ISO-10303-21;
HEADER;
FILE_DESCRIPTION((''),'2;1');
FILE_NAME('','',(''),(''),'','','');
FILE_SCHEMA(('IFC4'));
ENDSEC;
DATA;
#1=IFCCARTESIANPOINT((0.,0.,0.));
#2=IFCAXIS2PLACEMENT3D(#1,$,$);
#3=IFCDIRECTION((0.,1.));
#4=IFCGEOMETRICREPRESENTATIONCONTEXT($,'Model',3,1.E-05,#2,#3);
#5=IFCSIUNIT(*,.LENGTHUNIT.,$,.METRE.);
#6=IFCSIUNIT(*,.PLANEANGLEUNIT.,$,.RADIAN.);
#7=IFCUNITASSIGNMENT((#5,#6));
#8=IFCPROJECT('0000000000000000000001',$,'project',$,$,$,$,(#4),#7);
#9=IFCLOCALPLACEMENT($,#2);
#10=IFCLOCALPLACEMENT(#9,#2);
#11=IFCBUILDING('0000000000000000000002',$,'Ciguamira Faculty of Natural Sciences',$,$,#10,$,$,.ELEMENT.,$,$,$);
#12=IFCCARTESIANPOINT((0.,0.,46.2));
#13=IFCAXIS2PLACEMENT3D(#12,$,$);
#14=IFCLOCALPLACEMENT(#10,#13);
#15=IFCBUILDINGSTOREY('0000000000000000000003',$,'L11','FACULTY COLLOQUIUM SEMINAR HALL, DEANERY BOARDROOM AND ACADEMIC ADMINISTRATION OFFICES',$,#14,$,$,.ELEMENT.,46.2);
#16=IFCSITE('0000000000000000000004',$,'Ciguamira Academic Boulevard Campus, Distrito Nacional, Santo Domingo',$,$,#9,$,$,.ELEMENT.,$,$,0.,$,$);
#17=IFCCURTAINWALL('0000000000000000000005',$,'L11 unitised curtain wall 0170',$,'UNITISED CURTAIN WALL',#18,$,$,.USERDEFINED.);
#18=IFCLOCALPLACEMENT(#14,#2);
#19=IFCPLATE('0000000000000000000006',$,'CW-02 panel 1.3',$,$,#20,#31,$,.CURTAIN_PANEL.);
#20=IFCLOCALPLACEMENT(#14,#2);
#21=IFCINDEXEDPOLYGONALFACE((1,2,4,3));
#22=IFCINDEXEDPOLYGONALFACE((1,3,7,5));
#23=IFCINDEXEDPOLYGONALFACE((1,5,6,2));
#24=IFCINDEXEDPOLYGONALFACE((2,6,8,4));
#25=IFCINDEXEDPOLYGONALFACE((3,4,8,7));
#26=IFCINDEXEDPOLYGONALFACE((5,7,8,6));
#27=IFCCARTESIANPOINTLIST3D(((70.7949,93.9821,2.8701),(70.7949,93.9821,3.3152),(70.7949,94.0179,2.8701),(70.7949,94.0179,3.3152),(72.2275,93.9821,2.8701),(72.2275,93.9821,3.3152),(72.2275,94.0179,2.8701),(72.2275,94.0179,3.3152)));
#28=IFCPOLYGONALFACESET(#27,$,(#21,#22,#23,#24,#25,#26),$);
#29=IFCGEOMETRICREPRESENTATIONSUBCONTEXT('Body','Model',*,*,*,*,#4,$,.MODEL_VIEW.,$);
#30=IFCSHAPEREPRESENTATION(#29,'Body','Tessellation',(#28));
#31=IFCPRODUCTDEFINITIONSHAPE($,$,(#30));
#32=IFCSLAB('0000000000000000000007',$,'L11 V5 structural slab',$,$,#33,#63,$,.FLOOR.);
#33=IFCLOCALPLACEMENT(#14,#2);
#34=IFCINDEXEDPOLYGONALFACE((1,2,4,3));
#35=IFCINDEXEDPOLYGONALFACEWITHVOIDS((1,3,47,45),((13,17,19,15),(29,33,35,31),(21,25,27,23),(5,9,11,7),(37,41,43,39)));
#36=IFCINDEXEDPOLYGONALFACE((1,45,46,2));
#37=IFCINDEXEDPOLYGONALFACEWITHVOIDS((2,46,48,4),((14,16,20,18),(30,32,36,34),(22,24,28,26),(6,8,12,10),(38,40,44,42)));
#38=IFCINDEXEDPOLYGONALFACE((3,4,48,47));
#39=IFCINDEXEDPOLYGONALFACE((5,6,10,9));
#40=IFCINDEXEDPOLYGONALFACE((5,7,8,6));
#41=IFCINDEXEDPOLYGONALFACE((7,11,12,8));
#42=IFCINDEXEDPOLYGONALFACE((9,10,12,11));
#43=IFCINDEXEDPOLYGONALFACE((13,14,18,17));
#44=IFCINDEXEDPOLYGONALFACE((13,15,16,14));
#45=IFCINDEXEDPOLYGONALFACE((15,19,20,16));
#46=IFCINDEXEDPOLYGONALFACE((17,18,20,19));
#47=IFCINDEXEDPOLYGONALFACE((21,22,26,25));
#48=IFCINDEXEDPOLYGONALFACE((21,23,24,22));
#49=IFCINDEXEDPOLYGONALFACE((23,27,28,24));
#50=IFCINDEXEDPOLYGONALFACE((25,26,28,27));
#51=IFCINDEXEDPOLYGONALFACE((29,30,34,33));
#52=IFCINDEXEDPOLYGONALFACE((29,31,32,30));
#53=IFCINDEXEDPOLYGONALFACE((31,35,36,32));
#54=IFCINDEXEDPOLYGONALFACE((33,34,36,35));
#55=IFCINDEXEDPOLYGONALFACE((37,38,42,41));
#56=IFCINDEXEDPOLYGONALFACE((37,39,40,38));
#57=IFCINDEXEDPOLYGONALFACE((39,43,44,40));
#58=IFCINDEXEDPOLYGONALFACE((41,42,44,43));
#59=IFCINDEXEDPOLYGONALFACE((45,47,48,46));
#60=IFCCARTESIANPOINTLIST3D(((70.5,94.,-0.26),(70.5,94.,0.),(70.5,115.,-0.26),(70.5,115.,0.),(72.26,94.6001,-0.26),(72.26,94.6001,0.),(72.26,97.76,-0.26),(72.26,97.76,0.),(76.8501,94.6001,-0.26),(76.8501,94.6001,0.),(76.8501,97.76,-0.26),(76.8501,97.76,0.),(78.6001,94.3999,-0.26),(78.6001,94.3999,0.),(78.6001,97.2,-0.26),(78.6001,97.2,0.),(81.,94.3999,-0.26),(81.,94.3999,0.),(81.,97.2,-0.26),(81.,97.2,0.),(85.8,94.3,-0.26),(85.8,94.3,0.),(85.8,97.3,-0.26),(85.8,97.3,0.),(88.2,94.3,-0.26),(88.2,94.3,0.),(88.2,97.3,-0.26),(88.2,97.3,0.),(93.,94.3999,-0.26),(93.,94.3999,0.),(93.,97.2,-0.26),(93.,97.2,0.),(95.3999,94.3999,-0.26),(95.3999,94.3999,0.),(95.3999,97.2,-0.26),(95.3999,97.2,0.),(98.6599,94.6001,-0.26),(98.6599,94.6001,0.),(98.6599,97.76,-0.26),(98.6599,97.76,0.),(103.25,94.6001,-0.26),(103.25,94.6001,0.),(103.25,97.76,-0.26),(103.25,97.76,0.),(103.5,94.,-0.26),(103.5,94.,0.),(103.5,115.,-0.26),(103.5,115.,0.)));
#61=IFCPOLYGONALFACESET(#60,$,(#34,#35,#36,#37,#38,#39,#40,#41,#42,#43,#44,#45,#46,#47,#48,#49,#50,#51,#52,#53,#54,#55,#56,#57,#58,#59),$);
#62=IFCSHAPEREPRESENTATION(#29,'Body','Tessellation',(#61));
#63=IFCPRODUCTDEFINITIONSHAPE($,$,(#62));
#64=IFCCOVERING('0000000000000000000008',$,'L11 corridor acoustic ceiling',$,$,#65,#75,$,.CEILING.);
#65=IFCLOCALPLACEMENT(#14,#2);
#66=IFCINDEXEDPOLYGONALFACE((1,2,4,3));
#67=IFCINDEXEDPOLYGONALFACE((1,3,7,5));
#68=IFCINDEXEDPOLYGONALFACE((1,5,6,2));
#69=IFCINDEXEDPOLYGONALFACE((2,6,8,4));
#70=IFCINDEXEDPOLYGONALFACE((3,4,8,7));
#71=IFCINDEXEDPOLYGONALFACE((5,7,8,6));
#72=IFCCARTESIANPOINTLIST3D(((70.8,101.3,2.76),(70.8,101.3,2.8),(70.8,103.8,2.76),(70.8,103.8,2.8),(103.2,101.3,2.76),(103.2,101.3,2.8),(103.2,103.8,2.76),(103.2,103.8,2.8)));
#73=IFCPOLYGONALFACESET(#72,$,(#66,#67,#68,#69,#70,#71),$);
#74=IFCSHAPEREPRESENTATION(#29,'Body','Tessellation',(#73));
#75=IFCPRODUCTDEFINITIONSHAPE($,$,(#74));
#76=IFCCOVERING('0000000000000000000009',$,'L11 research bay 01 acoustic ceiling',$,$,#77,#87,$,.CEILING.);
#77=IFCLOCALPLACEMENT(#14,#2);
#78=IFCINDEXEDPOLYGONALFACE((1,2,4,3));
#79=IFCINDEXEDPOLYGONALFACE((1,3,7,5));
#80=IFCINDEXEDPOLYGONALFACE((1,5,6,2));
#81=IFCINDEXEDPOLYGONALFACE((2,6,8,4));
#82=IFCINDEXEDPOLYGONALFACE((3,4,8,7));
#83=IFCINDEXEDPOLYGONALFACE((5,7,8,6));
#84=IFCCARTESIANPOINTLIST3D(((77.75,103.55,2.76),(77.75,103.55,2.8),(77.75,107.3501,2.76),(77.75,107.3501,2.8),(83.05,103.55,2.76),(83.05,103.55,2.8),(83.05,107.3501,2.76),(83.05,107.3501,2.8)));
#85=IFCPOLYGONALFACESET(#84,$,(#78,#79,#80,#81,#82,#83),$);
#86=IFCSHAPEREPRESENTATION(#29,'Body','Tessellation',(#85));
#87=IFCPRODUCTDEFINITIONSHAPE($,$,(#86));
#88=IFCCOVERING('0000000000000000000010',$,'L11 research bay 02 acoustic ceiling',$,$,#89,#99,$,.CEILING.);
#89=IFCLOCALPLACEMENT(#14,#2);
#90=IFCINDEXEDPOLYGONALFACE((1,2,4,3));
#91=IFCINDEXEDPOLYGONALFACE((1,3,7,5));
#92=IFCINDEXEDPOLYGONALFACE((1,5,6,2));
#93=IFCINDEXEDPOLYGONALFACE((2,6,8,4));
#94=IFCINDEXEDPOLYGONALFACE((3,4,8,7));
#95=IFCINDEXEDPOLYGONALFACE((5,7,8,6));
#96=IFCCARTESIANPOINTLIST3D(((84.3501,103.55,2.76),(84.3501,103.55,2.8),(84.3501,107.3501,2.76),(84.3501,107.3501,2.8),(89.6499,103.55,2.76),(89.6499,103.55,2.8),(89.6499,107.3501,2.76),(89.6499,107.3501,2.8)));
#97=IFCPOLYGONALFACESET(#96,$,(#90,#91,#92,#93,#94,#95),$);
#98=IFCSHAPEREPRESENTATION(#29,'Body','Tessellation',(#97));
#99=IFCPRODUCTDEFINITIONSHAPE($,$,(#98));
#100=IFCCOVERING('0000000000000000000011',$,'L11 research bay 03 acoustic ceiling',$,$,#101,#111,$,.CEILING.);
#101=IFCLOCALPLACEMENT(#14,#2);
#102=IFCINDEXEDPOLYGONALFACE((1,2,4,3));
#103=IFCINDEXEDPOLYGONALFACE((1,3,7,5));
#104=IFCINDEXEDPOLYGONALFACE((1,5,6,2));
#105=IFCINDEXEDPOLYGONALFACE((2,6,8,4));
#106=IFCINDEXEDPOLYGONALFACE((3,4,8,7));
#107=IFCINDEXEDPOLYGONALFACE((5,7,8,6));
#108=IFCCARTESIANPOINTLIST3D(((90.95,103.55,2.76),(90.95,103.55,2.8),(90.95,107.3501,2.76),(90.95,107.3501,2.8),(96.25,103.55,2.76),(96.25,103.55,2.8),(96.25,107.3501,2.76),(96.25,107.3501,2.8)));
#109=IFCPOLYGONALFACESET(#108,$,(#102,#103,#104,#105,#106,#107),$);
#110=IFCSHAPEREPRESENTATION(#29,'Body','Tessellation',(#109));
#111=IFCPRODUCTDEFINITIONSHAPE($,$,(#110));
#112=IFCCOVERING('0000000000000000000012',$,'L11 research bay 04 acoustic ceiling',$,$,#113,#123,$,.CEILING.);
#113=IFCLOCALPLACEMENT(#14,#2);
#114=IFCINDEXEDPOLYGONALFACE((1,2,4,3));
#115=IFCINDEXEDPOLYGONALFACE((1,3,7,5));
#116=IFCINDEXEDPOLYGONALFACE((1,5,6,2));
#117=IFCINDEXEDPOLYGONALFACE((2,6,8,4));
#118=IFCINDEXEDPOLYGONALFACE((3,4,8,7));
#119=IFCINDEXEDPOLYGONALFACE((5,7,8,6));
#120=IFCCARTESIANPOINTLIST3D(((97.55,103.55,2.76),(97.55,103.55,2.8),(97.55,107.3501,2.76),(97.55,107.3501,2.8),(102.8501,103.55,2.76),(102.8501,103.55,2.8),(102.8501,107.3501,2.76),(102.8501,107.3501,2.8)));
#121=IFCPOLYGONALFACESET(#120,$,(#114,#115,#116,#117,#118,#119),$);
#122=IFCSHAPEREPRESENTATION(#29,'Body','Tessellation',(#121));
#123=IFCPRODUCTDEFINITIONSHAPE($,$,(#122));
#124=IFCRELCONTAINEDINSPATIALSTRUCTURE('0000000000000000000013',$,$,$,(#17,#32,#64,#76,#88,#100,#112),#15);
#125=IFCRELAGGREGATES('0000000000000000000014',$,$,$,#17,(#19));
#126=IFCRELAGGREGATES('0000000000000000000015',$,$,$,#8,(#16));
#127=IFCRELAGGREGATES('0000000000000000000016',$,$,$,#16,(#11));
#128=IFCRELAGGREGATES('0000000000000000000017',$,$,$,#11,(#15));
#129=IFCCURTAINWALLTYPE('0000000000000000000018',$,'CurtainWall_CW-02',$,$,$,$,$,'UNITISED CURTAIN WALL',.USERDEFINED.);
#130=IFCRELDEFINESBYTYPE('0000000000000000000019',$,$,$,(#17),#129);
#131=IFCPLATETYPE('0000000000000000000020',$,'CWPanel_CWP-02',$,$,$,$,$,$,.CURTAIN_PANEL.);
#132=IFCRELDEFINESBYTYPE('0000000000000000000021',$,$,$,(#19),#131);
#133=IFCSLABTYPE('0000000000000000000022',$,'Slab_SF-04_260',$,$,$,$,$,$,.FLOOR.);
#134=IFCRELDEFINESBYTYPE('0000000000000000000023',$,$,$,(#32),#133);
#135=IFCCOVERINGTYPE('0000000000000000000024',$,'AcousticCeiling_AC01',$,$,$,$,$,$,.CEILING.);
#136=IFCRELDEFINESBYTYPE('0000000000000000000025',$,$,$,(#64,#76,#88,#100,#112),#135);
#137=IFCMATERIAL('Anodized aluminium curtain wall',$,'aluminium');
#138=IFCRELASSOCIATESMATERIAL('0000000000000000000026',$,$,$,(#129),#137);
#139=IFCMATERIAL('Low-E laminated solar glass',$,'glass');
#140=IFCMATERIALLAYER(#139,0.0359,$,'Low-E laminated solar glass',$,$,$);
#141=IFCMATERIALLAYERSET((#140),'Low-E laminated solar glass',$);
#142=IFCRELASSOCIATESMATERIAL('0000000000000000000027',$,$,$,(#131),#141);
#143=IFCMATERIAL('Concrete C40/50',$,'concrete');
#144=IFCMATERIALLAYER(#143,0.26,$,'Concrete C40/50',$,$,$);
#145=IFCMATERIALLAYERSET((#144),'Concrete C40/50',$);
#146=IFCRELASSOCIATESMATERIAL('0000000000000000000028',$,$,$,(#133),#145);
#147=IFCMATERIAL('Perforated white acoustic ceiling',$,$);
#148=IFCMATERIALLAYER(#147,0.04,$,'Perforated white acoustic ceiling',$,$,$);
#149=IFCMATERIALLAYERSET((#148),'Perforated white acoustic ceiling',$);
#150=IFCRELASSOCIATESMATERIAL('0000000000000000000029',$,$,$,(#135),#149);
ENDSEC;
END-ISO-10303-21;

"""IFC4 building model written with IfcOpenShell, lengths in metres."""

from ifc_helpers import new_model, si_unit, direction, frame, origin, origin_2d, place, context, subcontext, project, spatial, polyline, rectangle, outline, extrude, material, layer, layer_set, type_object, element, aggregate, save


model = new_model("IFC4")

# Units and contexts
model_context = context("Model", 3, precision=1e-05, world=origin(), true_north=direction((0.0, 1.0)))
body_context = subcontext(model_context, "Body", "Model", "MODEL_VIEW")
ifc_project = project(units=[si_unit("LENGTHUNIT", "METRE"), si_unit("PLANEANGLEUNIT", "RADIAN")], contexts=[model_context])

# Site, building, storey
site_placement = place(None, origin())
site = spatial("IfcSite", under=ifc_project, at=site_placement, Name="Ciguamira Academic Boulevard Campus, Distrito Nacional, Santo Domingo", CompositionType="ELEMENT", RefElevation=0.0)
building_placement = place(site_placement, origin())
building = spatial("IfcBuilding", under=site, at=building_placement, Name="Ciguamira Faculty of Natural Sciences", CompositionType="ELEMENT")
storey_placement = place(building_placement, frame((0.0, 0.0, 46.2)))
storey = spatial("IfcBuildingStorey", under=building, at=storey_placement, Name="L11", Description="FACULTY COLLOQUIUM SEMINAR HALL, DEANERY BOARDROOM AND ACADEMIC ADMINISTRATION OFFICES", CompositionType="ELEMENT", Elevation=46.2)

# Shared definitions
ifc_material_1 = material(Name="Concrete C40/50", Category="concrete")

# Curtain wall
ifc_material_2 = material(Name="Anodized aluminium curtain wall", Category="aluminium")
curtain_wall_type = type_object("IfcCurtainWallType", Name="CurtainWall_CW-02", ElementType="UNITISED CURTAIN WALL", PredefinedType="USERDEFINED", material=ifc_material_2)
curtain_wall_placement = place(storey_placement, origin())
curtain_wall = element("IfcCurtainWall", 1, at=curtain_wall_placement, inside=storey, type_object=curtain_wall_type, Name="L11 unitised curtain wall 0170", ObjectType="UNITISED CURTAIN WALL", PredefinedType="USERDEFINED")

# Plate
ifc_material_3 = material(Name="Low-E laminated solar glass", Category="glass")
ifc_layer_1 = layer(ifc_material_3, 0.0359, Name="Low-E laminated solar glass")
ifc_layer_set_1 = layer_set([ifc_layer_1], Name="Low-E laminated solar glass")
plate_type = type_object("IfcPlateType", Name="CWPanel_CWP-02", PredefinedType="CURTAIN_PANEL", material=ifc_layer_set_1)
plate_1_placement = place(storey_placement, frame((71.5112, 94.0, 2.8701), z_axis=(0.0, 0.0, 1.0), x_axis=(1.0, 0.0, 0.0)))
plate_1 = element("IfcPlate", 2, at=plate_1_placement, type_object=plate_type, Name="CW-02 panel 1.3", PredefinedType="CURTAIN_PANEL", context=body_context, shape_type="SweptSolid", body=[
    extrude(rectangle(XDim=1.4326, YDim=0.0359, at=origin_2d()), origin(), (0.0, 0.0, 1.0), 0.4451),
])
aggregate(curtain_wall, [plate_1])

# Slab
ifc_layer_2 = layer(ifc_material_1, 0.26, Name="Concrete C40/50")
ifc_layer_set_2 = layer_set([ifc_layer_2], Name="Concrete C40/50")
slab_type = type_object("IfcSlabType", Name="Slab_SF-04_260", PredefinedType="FLOOR", material=ifc_layer_set_2)
slab_placement = place(storey_placement, frame((0.0, 0.0, -0.26)))
element("IfcSlab", 3, at=slab_placement, inside=storey, type_object=slab_type, Name="L11 V5 structural slab", PredefinedType="FLOOR", context=body_context, shape_type="SweptSolid", body=[
    extrude(outline(polyline([(70.5, 94.0), (103.5, 94.0), (103.5, 115.0), (70.5, 115.0), (70.5, 94.0)]), holes=[polyline([(72.26, 94.6001), (76.8501, 94.6001), (76.8501, 97.76), (72.26, 97.76), (72.26, 94.6001)]), polyline([(98.6599, 94.6001), (103.25, 94.6001), (103.25, 97.76), (98.6599, 97.76), (98.6599, 94.6001)]), polyline([(78.6001, 94.3999), (81.0, 94.3999), (81.0, 97.2), (78.6001, 97.2), (78.6001, 94.3999)]), polyline([(93.0, 94.3999), (95.3999, 94.3999), (95.3999, 97.2), (93.0, 97.2), (93.0, 94.3999)]), polyline([(85.8, 94.3), (88.2, 94.3), (88.2, 97.3), (85.8, 97.3), (85.8, 94.3)])]), origin(), (0.0, 0.0, 1.0), 0.26),
])

# Coverings
ifc_material_4 = material(Name="Perforated white acoustic ceiling")
ifc_layer_3 = layer(ifc_material_4, 0.04, Name="Perforated white acoustic ceiling")
ifc_layer_set_3 = layer_set([ifc_layer_3], Name="Perforated white acoustic ceiling")
covering_type = type_object("IfcCoveringType", Name="AcousticCeiling_AC01", PredefinedType="CEILING", material=ifc_layer_set_3)
covering_1_placement = place(storey_placement, frame((0.0, 0.0, 2.76)))
element("IfcCovering", 4, at=covering_1_placement, inside=storey, type_object=covering_type, Name="L11 corridor acoustic ceiling", PredefinedType="CEILING", context=body_context, shape_type="SweptSolid", body=[
    extrude(outline(polyline([(70.8, 101.3), (103.2, 101.3), (103.2, 103.8), (70.8, 103.8), (70.8, 101.3)])), origin(), (0.0, 0.0, 1.0), 0.04),
])
covering_2_placement = place(storey_placement, frame((0.0, 0.0, 2.76)))
element("IfcCovering", 5, at=covering_2_placement, inside=storey, type_object=covering_type, Name="L11 research bay 01 acoustic ceiling", PredefinedType="CEILING", context=body_context, shape_type="SweptSolid", body=[
    extrude(outline(polyline([(77.75, 103.55), (83.05, 103.55), (83.05, 107.3501), (77.75, 107.3501), (77.75, 103.55)])), origin(), (0.0, 0.0, 1.0), 0.04),
])
covering_3_placement = place(storey_placement, frame((0.0, 0.0, 2.76)))
element("IfcCovering", 6, at=covering_3_placement, inside=storey, type_object=covering_type, Name="L11 research bay 02 acoustic ceiling", PredefinedType="CEILING", context=body_context, shape_type="SweptSolid", body=[
    extrude(outline(polyline([(84.3501, 103.55), (89.6499, 103.55), (89.6499, 107.3501), (84.3501, 107.3501), (84.3501, 103.55)])), origin(), (0.0, 0.0, 1.0), 0.04),
])
covering_4_placement = place(storey_placement, frame((0.0, 0.0, 2.76)))
element("IfcCovering", 7, at=covering_4_placement, inside=storey, type_object=covering_type, Name="L11 research bay 03 acoustic ceiling", PredefinedType="CEILING", context=body_context, shape_type="SweptSolid", body=[
    extrude(outline(polyline([(90.95, 103.55), (96.25, 103.55), (96.25, 107.3501), (90.95, 107.3501), (90.95, 103.55)])), origin(), (0.0, 0.0, 1.0), 0.04),
])
covering_5_placement = place(storey_placement, frame((0.0, 0.0, 2.76)))
element("IfcCovering", 8, at=covering_5_placement, inside=storey, type_object=covering_type, Name="L11 research bay 04 acoustic ceiling", PredefinedType="CEILING", context=body_context, shape_type="SweptSolid", body=[
    extrude(outline(polyline([(97.55, 103.55), (102.8501, 103.55), (102.8501, 107.3501), (97.55, 107.3501), (97.55, 103.55)])), origin(), (0.0, 0.0, 1.0), 0.04),
])

save(model, "model.ifc")
